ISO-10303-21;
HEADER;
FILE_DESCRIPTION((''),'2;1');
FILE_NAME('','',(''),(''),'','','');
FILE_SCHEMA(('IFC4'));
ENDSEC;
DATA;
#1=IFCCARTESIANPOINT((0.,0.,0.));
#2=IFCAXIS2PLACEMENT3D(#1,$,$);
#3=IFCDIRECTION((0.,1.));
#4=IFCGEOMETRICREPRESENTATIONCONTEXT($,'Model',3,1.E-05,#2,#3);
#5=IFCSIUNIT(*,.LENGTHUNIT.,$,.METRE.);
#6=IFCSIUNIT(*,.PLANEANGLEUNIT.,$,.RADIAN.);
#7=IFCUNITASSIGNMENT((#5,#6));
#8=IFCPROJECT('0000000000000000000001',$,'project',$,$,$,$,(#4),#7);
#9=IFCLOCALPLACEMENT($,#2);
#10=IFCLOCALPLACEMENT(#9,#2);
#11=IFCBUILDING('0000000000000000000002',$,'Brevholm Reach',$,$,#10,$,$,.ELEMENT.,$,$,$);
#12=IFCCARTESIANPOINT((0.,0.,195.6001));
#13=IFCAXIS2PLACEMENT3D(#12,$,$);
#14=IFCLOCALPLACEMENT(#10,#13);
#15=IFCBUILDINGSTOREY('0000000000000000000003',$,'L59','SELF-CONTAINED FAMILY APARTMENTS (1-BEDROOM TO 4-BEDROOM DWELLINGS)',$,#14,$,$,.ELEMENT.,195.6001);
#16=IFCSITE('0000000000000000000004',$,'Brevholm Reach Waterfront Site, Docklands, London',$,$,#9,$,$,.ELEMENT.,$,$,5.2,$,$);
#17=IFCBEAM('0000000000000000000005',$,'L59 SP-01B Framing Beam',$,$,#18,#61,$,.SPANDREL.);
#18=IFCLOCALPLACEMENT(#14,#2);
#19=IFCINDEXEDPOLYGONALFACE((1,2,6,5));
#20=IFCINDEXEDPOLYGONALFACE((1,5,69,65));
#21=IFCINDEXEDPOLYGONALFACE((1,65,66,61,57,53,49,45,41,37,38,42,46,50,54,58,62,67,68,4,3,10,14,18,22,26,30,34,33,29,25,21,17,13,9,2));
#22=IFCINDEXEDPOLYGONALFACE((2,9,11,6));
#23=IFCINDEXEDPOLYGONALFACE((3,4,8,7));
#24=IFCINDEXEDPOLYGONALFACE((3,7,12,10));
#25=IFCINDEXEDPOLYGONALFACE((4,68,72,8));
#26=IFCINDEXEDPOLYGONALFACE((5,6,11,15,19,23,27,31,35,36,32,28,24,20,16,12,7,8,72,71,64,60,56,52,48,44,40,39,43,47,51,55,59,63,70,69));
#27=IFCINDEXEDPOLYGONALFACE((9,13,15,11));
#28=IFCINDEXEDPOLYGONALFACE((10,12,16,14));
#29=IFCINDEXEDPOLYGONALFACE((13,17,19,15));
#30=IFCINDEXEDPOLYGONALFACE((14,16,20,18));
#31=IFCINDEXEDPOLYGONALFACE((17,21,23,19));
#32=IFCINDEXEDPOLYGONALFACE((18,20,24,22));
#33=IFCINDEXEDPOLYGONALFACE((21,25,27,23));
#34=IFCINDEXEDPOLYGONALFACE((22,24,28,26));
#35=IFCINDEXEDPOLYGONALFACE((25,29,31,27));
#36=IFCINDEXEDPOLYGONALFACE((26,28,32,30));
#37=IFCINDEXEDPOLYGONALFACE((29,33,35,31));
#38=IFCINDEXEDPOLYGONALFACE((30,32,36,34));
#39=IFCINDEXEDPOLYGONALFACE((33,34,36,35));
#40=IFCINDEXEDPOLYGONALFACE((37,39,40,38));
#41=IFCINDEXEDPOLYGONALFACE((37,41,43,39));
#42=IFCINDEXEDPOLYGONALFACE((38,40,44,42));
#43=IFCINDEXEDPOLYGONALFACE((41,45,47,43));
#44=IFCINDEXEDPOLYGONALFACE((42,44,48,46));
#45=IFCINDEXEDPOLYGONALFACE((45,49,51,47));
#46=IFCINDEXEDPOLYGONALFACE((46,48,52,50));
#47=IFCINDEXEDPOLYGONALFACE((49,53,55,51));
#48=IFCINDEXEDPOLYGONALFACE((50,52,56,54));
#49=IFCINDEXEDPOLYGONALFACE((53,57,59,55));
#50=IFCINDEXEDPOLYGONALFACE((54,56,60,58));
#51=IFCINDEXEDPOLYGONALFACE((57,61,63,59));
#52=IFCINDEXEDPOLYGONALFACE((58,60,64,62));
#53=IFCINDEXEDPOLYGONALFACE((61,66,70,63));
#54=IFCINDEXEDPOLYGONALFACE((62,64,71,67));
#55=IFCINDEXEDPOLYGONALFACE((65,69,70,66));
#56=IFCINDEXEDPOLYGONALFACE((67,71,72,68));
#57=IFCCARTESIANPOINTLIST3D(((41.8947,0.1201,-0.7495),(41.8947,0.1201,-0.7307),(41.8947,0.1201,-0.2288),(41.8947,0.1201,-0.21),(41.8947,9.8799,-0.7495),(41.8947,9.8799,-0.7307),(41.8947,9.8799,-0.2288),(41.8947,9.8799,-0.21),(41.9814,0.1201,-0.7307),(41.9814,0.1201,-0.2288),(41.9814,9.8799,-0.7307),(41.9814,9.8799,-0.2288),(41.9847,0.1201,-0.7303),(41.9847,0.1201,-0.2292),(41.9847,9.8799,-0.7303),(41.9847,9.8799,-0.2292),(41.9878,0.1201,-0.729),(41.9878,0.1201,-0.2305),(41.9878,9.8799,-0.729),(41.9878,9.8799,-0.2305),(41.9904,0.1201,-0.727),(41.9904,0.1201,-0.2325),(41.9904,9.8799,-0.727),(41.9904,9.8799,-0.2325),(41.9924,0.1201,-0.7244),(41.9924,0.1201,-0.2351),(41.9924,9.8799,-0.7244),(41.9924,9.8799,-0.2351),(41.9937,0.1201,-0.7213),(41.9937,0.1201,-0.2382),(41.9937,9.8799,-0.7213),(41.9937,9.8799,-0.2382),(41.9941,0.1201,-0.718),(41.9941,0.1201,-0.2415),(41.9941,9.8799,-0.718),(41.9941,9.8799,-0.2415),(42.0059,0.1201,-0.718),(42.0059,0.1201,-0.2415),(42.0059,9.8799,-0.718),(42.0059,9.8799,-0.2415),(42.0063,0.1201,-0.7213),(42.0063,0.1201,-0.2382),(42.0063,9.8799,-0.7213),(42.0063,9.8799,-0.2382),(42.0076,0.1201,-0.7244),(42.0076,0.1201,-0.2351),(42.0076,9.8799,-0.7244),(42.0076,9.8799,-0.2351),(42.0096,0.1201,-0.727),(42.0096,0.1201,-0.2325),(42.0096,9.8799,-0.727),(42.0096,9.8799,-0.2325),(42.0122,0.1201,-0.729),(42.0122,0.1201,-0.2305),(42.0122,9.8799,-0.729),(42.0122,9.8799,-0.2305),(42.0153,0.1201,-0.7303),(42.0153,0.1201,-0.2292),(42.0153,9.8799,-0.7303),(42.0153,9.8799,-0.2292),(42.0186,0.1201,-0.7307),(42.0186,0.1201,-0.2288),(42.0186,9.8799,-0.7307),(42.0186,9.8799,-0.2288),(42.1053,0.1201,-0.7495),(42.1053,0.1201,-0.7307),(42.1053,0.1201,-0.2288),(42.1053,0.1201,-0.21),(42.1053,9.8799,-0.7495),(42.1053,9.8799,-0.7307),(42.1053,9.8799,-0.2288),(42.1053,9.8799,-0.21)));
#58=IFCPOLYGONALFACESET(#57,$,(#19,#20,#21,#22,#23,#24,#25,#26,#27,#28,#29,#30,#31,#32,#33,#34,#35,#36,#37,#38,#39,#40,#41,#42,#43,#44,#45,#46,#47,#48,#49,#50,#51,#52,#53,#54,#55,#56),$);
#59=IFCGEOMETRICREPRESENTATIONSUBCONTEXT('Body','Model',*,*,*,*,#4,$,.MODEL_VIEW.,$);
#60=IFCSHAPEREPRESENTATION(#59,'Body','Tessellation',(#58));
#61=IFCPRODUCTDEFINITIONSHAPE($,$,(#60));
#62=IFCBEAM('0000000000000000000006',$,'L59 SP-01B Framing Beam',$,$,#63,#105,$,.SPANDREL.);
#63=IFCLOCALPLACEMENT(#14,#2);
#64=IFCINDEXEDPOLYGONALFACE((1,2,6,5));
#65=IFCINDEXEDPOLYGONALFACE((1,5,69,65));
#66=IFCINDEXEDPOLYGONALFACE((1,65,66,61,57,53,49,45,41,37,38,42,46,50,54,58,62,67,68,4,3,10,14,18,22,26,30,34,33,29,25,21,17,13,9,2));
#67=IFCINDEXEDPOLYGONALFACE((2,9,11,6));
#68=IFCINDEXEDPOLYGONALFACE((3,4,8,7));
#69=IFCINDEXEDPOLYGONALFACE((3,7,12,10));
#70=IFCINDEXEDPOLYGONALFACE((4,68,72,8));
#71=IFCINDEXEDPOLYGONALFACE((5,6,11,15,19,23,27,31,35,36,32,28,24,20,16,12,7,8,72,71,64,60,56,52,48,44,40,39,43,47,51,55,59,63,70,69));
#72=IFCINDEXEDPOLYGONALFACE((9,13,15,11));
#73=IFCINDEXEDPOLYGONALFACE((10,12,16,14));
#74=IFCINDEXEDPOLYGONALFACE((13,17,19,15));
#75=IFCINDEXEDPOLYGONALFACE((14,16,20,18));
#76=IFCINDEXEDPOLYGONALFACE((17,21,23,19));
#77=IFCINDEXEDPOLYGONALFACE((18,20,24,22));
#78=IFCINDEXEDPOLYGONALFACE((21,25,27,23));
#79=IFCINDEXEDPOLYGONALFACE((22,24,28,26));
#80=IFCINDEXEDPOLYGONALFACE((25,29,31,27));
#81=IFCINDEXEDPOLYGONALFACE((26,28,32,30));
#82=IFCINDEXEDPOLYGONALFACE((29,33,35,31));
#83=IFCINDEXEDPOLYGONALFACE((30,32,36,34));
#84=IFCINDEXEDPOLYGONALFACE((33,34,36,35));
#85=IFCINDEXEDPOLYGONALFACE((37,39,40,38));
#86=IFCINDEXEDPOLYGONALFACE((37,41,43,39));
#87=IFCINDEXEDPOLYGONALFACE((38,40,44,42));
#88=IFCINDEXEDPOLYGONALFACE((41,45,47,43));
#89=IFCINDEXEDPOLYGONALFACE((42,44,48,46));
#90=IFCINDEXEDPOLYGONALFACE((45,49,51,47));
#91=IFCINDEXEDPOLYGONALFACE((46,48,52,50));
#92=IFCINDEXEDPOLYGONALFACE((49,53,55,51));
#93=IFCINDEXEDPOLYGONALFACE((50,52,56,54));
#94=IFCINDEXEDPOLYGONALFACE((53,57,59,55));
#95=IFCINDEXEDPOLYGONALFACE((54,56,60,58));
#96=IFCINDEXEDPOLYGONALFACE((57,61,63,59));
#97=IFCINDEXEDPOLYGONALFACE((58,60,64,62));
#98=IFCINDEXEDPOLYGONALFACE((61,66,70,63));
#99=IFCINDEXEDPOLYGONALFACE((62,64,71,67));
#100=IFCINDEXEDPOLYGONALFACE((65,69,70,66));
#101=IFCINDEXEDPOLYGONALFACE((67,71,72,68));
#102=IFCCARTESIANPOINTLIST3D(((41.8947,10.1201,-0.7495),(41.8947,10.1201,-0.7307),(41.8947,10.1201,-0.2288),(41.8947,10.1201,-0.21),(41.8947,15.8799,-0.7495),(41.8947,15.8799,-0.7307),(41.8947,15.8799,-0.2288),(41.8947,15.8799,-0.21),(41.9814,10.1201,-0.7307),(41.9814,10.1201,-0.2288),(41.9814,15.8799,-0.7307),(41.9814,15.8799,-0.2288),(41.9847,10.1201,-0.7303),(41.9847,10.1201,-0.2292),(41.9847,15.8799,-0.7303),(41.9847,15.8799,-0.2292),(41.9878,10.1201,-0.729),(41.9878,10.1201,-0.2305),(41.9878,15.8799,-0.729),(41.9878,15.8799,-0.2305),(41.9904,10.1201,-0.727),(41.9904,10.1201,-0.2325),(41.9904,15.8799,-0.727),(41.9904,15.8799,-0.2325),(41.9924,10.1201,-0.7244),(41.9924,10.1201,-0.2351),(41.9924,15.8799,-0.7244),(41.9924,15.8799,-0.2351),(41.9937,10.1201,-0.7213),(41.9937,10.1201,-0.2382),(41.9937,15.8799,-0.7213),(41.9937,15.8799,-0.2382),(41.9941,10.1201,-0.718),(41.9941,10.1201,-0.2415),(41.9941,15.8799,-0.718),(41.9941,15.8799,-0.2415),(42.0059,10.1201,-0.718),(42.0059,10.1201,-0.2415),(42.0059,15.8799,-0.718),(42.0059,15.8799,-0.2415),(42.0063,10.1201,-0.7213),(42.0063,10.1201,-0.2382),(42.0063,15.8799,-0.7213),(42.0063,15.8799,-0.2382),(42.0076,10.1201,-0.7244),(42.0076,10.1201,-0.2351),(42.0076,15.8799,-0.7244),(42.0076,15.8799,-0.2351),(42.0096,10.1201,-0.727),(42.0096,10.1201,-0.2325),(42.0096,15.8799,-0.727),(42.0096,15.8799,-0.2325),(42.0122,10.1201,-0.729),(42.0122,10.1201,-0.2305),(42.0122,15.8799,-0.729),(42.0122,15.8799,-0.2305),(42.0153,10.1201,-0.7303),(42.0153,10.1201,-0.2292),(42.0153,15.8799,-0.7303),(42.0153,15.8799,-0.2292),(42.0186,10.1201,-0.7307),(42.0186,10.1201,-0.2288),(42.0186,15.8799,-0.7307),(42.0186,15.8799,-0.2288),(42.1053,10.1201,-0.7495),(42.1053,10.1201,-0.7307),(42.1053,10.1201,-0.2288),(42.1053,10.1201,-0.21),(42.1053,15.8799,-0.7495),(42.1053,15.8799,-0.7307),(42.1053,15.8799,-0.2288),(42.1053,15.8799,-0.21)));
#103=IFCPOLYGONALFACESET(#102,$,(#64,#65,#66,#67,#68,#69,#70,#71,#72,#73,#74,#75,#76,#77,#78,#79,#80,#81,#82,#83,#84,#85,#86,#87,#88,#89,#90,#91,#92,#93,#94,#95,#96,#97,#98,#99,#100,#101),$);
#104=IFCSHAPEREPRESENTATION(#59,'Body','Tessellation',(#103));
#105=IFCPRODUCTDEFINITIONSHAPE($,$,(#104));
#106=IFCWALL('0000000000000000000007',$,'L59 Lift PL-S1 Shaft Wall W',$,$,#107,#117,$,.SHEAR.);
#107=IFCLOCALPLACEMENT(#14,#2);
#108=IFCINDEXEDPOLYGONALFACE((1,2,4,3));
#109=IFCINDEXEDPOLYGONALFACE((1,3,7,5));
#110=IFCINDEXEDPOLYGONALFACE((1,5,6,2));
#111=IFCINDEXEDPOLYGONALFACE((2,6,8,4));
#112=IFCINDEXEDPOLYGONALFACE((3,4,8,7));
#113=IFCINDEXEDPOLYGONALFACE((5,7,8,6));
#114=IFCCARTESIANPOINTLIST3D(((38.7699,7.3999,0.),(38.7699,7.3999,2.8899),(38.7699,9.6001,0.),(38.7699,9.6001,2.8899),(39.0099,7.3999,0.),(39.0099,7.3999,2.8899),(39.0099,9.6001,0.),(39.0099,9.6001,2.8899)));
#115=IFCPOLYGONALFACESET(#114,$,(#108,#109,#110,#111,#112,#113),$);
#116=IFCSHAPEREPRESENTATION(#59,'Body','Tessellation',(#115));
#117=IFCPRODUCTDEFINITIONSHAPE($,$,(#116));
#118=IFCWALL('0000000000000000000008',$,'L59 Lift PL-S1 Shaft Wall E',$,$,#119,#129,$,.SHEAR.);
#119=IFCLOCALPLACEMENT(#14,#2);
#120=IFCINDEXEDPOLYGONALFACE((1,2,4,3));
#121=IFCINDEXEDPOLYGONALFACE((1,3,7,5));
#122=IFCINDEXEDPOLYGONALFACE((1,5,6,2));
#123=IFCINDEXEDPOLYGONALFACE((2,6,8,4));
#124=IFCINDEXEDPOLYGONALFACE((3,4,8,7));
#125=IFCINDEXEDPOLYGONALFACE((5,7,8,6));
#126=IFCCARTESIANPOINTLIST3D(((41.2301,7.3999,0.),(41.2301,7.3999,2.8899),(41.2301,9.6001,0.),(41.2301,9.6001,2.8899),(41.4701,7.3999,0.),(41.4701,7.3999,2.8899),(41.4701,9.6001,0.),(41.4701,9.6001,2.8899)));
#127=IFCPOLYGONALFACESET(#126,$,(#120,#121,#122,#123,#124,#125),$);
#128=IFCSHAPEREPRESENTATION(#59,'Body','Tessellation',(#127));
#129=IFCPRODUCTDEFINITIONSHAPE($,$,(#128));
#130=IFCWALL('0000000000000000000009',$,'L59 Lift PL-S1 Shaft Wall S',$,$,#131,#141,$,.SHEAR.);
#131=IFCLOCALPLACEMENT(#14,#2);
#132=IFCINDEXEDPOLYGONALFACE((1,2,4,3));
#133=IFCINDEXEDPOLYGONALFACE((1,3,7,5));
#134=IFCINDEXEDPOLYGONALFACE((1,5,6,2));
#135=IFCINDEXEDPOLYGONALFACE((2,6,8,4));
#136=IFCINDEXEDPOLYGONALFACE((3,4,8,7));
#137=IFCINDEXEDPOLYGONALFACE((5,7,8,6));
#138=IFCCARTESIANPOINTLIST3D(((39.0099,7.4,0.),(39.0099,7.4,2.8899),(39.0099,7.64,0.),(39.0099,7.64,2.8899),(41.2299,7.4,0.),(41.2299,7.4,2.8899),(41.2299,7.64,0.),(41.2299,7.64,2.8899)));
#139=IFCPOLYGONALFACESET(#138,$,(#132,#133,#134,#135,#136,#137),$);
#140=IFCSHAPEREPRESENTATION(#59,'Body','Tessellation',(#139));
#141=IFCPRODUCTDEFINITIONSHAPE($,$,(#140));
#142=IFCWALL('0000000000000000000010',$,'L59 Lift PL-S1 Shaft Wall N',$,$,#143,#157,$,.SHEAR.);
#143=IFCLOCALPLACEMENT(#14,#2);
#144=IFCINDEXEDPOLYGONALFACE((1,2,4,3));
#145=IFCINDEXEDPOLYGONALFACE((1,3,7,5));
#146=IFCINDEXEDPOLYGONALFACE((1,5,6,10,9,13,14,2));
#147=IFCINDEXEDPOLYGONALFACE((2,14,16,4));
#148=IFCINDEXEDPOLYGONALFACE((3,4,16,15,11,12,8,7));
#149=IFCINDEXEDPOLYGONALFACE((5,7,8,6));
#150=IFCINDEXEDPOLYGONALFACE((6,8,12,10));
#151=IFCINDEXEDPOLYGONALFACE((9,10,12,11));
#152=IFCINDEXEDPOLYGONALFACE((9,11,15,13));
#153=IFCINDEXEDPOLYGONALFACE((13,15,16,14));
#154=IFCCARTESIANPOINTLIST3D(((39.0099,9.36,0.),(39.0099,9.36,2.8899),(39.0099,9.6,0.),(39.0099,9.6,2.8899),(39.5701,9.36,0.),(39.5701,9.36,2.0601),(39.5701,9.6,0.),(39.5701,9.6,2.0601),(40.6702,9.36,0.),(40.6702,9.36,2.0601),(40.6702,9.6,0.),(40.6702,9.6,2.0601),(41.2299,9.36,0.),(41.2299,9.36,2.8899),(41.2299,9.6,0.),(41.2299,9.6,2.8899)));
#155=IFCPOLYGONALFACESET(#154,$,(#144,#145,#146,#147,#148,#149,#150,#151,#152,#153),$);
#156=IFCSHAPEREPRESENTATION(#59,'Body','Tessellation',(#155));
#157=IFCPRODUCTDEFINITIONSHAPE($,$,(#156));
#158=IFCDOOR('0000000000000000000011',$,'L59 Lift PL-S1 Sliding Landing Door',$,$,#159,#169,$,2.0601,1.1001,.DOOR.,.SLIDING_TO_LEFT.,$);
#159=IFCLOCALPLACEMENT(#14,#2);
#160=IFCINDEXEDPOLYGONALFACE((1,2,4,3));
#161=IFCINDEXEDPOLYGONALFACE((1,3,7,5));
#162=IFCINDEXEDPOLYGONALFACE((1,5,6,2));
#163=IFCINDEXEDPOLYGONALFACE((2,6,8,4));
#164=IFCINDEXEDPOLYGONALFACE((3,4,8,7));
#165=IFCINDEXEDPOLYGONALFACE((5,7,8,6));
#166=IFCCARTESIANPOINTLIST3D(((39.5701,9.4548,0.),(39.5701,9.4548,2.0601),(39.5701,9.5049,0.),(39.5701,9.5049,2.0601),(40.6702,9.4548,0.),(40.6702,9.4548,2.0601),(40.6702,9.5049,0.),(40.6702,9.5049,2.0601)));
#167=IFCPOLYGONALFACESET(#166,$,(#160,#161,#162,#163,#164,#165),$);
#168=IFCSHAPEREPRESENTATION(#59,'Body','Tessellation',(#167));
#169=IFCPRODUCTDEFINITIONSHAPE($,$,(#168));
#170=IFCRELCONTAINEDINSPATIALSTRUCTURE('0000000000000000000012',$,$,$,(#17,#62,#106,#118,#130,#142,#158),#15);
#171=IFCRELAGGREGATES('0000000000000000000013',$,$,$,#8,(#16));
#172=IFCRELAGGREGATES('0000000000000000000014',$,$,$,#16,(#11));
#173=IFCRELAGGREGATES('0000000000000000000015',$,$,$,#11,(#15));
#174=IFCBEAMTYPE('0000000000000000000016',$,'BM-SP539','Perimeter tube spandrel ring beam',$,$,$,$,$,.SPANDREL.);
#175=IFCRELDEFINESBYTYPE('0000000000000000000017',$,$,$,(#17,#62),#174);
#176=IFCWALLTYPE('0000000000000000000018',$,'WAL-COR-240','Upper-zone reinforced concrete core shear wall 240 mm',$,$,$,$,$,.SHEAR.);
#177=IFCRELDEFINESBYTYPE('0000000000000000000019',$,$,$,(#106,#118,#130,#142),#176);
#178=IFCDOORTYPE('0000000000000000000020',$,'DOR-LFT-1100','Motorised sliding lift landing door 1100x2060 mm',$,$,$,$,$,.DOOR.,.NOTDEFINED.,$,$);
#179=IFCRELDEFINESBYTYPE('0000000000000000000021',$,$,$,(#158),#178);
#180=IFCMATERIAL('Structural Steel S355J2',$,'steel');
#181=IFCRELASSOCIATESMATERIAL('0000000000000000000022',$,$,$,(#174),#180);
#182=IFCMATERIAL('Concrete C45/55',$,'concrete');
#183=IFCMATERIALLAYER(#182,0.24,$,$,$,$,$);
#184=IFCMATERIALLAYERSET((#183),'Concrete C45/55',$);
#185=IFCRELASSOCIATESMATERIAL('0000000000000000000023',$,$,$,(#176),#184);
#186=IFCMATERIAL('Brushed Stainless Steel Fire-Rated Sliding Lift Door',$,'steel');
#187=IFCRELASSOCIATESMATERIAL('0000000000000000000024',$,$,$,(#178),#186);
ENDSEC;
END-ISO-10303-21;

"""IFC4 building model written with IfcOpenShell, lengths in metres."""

from ifc_helpers import new_model, si_unit, direction, frame, frame_2d, origin, origin_2d, place, context, subcontext, project, spatial, rectangle, i_section, extrude, material, layer, layer_set, material_profile, profile_set, type_object, element, fill, save


model = new_model("IFC4")

# Units and contexts
model_context = context("Model", 3, precision=1e-05, world=origin(), true_north=direction((0.0, 1.0)))
body_context = subcontext(model_context, "Body", "Model", "MODEL_VIEW")
ifc_project = project(units=[si_unit("LENGTHUNIT", "METRE"), si_unit("PLANEANGLEUNIT", "RADIAN")], contexts=[model_context])

# Site, building, storey
site_placement = place(None, origin())
site = spatial("IfcSite", under=ifc_project, at=site_placement, Name="Brevholm Reach Waterfront Site, Docklands, London", CompositionType="ELEMENT", RefElevation=5.2)
building_placement = place(site_placement, origin())
building = spatial("IfcBuilding", under=site, at=building_placement, Name="Brevholm Reach", CompositionType="ELEMENT")
storey_placement = place(building_placement, frame((0.0, 0.0, 195.6001)))
storey = spatial("IfcBuildingStorey", under=building, at=storey_placement, Name="L59", Description="SELF-CONTAINED FAMILY APARTMENTS (1-BEDROOM TO 4-BEDROOM DWELLINGS)", CompositionType="ELEMENT", Elevation=195.6001)

# Beams
ifc_material_1 = material(Name="Structural Steel S355J2", Category="steel")
ifc_material_profile_1 = material_profile(ifc_material_1, i_section(OverallWidth=0.2107, OverallDepth=0.5396, WebThickness=0.0117, FlangeThickness=0.0188, FilletRadius=0.0127, at=origin_2d()), Name="UKB 533x210x109")
ifc_profile_set_1 = profile_set([ifc_material_profile_1], Name="Structural Steel S355J2")
beam_type_1 = type_object("IfcBeamType", Name="BM-SP539", Description="Perimeter tube spandrel ring beam", PredefinedType="SPANDREL", material=ifc_profile_set_1)
beam_1_placement = place(storey_placement, frame((42.0, 0.1201, -0.4797), z_axis=(0.0, 1.0, 0.0), x_axis=(-1.0, 0.0, 0.0)))
element("IfcBeam", 1, at=beam_1_placement, inside=storey, type_object=beam_type_1, Name="L59 SP-01B Framing Beam", PredefinedType="SPANDREL", context=body_context, shape_type="SweptSolid", body=[
    extrude(i_section(OverallWidth=0.2107, OverallDepth=0.5396, WebThickness=0.0117, FlangeThickness=0.0188, FilletRadius=0.0127, at=origin_2d()), origin(), (0.0, 0.0, 1.0), 9.7598),
])
beam_2_placement = place(storey_placement, frame((42.0, 10.1201, -0.4797), z_axis=(0.0, 1.0, 0.0), x_axis=(-1.0, 0.0, 0.0)))
element("IfcBeam", 2, at=beam_2_placement, inside=storey, type_object=beam_type_1, Name="L59 SP-01B Framing Beam", PredefinedType="SPANDREL", context=body_context, shape_type="SweptSolid", body=[
    extrude(i_section(OverallWidth=0.2107, OverallDepth=0.5396, WebThickness=0.0117, FlangeThickness=0.0188, FilletRadius=0.0127, at=origin_2d()), origin(), (0.0, 0.0, 1.0), 5.7598),
])

# Walls
ifc_material_2 = material(Name="Concrete C45/55", Category="concrete")
ifc_layer_1 = layer(ifc_material_2, 0.24)
ifc_layer_set_1 = layer_set([ifc_layer_1], Name="Concrete C45/55")
wall_type_1 = type_object("IfcWallType", Name="WAL-COR-240", Description="Upper-zone reinforced concrete core shear wall 240 mm", PredefinedType="SHEAR", material=ifc_layer_set_1)
for number, where, z_axis, x_axis, name in (
    (3, (38.8899, 7.3999, 0.0), (0.0, 0.0, 1.0), (0.0, 1.0, 0.0), "L59 Lift PL-S1 Shaft Wall W"),
    (4, (41.3501, 7.3999, 0.0), (0.0, 0.0, 1.0), (0.0, 1.0, 0.0), "L59 Lift PL-S1 Shaft Wall E"),
):
    element("IfcWall", number, at=place(storey_placement, frame(where, z_axis=z_axis, x_axis=x_axis)), inside=storey, type_object=wall_type_1, Name=name, PredefinedType="SHEAR", context=body_context, shape_type="SweptSolid", body=[
        extrude(rectangle(XDim=2.2002, YDim=0.24, at=frame_2d((1.1001, 0.0))), origin(), (0.0, 0.0, 1.0), 2.8899),
    ])
wall_1_placement = place(storey_placement, frame((39.01, 7.52, 0.0), z_axis=(0.0, 0.0, 1.0), x_axis=(1.0, 0.0, 0.0)))
element("IfcWall", 5, at=wall_1_placement, inside=storey, type_object=wall_type_1, Name="L59 Lift PL-S1 Shaft Wall S", PredefinedType="SHEAR", context=body_context, shape_type="SweptSolid", body=[
    extrude(rectangle(XDim=2.22, YDim=0.24, at=frame_2d((1.1099, 0.0))), origin(), (0.0, 0.0, 1.0), 2.8899),
])

# Wall, opening, door
wall_2_placement = place(storey_placement, frame((39.01, 9.48, 0.0), z_axis=(0.0, 0.0, 1.0), x_axis=(1.0, 0.0, 0.0)))
wall_2 = element("IfcWall", 6, at=wall_2_placement, inside=storey, type_object=wall_type_1, Name="L59 Lift PL-S1 Shaft Wall N", PredefinedType="SHEAR", context=body_context, shape_type="SweptSolid", body=[
    extrude(rectangle(XDim=2.22, YDim=0.24, at=frame_2d((1.1099, 0.0))), origin(), (0.0, 0.0, 1.0), 2.8899),
])
opening_1_placement = place(wall_2_placement, frame((0.5601, 0.0, 0.0)))
opening_1 = element("IfcOpeningElement", 7, at=opening_1_placement, cuts=wall_2, PredefinedType="OPENING", context=body_context, shape_type="SweptSolid", body=[
    extrude(rectangle(XDim=1.1001, YDim=2.0601, at=frame_2d((0.55, 1.03))), frame((0.0, 0.1299, 0.0), z_axis=(0.0, -1.0, 0.0), x_axis=(1.0, 0.0, 0.0)), (0.0, 0.0, 1.0), 0.26),
])
ifc_material_3 = material(Name="Brushed Stainless Steel Fire-Rated Sliding Lift Door", Category="steel")
door_type_1 = type_object("IfcDoorType", Name="DOR-LFT-1100", Description="Motorised sliding lift landing door 1100x2060 mm", OperationType="NOTDEFINED", PredefinedType="DOOR", material=ifc_material_3)
door_1_placement = place(opening_1_placement, origin())
door_1 = element("IfcDoor", 8, at=door_1_placement, inside=storey, type_object=door_type_1, Name="L59 Lift PL-S1 Sliding Landing Door", OperationType="SLIDING_TO_LEFT", OverallHeight=2.0601, OverallWidth=1.1001, PredefinedType="DOOR", context=body_context, shape_type="SweptSolid", body=[
    extrude(rectangle(XDim=1.1001, YDim=2.0601, at=frame_2d((0.55, 1.03))), frame((0.0, 0.0249, 0.0), z_axis=(0.0, -1.0, 0.0), x_axis=(1.0, 0.0, 0.0)), (0.0, 0.0, 1.0), 0.05),
])
fill(opening_1, door_1)

save(model, "model.ifc")
